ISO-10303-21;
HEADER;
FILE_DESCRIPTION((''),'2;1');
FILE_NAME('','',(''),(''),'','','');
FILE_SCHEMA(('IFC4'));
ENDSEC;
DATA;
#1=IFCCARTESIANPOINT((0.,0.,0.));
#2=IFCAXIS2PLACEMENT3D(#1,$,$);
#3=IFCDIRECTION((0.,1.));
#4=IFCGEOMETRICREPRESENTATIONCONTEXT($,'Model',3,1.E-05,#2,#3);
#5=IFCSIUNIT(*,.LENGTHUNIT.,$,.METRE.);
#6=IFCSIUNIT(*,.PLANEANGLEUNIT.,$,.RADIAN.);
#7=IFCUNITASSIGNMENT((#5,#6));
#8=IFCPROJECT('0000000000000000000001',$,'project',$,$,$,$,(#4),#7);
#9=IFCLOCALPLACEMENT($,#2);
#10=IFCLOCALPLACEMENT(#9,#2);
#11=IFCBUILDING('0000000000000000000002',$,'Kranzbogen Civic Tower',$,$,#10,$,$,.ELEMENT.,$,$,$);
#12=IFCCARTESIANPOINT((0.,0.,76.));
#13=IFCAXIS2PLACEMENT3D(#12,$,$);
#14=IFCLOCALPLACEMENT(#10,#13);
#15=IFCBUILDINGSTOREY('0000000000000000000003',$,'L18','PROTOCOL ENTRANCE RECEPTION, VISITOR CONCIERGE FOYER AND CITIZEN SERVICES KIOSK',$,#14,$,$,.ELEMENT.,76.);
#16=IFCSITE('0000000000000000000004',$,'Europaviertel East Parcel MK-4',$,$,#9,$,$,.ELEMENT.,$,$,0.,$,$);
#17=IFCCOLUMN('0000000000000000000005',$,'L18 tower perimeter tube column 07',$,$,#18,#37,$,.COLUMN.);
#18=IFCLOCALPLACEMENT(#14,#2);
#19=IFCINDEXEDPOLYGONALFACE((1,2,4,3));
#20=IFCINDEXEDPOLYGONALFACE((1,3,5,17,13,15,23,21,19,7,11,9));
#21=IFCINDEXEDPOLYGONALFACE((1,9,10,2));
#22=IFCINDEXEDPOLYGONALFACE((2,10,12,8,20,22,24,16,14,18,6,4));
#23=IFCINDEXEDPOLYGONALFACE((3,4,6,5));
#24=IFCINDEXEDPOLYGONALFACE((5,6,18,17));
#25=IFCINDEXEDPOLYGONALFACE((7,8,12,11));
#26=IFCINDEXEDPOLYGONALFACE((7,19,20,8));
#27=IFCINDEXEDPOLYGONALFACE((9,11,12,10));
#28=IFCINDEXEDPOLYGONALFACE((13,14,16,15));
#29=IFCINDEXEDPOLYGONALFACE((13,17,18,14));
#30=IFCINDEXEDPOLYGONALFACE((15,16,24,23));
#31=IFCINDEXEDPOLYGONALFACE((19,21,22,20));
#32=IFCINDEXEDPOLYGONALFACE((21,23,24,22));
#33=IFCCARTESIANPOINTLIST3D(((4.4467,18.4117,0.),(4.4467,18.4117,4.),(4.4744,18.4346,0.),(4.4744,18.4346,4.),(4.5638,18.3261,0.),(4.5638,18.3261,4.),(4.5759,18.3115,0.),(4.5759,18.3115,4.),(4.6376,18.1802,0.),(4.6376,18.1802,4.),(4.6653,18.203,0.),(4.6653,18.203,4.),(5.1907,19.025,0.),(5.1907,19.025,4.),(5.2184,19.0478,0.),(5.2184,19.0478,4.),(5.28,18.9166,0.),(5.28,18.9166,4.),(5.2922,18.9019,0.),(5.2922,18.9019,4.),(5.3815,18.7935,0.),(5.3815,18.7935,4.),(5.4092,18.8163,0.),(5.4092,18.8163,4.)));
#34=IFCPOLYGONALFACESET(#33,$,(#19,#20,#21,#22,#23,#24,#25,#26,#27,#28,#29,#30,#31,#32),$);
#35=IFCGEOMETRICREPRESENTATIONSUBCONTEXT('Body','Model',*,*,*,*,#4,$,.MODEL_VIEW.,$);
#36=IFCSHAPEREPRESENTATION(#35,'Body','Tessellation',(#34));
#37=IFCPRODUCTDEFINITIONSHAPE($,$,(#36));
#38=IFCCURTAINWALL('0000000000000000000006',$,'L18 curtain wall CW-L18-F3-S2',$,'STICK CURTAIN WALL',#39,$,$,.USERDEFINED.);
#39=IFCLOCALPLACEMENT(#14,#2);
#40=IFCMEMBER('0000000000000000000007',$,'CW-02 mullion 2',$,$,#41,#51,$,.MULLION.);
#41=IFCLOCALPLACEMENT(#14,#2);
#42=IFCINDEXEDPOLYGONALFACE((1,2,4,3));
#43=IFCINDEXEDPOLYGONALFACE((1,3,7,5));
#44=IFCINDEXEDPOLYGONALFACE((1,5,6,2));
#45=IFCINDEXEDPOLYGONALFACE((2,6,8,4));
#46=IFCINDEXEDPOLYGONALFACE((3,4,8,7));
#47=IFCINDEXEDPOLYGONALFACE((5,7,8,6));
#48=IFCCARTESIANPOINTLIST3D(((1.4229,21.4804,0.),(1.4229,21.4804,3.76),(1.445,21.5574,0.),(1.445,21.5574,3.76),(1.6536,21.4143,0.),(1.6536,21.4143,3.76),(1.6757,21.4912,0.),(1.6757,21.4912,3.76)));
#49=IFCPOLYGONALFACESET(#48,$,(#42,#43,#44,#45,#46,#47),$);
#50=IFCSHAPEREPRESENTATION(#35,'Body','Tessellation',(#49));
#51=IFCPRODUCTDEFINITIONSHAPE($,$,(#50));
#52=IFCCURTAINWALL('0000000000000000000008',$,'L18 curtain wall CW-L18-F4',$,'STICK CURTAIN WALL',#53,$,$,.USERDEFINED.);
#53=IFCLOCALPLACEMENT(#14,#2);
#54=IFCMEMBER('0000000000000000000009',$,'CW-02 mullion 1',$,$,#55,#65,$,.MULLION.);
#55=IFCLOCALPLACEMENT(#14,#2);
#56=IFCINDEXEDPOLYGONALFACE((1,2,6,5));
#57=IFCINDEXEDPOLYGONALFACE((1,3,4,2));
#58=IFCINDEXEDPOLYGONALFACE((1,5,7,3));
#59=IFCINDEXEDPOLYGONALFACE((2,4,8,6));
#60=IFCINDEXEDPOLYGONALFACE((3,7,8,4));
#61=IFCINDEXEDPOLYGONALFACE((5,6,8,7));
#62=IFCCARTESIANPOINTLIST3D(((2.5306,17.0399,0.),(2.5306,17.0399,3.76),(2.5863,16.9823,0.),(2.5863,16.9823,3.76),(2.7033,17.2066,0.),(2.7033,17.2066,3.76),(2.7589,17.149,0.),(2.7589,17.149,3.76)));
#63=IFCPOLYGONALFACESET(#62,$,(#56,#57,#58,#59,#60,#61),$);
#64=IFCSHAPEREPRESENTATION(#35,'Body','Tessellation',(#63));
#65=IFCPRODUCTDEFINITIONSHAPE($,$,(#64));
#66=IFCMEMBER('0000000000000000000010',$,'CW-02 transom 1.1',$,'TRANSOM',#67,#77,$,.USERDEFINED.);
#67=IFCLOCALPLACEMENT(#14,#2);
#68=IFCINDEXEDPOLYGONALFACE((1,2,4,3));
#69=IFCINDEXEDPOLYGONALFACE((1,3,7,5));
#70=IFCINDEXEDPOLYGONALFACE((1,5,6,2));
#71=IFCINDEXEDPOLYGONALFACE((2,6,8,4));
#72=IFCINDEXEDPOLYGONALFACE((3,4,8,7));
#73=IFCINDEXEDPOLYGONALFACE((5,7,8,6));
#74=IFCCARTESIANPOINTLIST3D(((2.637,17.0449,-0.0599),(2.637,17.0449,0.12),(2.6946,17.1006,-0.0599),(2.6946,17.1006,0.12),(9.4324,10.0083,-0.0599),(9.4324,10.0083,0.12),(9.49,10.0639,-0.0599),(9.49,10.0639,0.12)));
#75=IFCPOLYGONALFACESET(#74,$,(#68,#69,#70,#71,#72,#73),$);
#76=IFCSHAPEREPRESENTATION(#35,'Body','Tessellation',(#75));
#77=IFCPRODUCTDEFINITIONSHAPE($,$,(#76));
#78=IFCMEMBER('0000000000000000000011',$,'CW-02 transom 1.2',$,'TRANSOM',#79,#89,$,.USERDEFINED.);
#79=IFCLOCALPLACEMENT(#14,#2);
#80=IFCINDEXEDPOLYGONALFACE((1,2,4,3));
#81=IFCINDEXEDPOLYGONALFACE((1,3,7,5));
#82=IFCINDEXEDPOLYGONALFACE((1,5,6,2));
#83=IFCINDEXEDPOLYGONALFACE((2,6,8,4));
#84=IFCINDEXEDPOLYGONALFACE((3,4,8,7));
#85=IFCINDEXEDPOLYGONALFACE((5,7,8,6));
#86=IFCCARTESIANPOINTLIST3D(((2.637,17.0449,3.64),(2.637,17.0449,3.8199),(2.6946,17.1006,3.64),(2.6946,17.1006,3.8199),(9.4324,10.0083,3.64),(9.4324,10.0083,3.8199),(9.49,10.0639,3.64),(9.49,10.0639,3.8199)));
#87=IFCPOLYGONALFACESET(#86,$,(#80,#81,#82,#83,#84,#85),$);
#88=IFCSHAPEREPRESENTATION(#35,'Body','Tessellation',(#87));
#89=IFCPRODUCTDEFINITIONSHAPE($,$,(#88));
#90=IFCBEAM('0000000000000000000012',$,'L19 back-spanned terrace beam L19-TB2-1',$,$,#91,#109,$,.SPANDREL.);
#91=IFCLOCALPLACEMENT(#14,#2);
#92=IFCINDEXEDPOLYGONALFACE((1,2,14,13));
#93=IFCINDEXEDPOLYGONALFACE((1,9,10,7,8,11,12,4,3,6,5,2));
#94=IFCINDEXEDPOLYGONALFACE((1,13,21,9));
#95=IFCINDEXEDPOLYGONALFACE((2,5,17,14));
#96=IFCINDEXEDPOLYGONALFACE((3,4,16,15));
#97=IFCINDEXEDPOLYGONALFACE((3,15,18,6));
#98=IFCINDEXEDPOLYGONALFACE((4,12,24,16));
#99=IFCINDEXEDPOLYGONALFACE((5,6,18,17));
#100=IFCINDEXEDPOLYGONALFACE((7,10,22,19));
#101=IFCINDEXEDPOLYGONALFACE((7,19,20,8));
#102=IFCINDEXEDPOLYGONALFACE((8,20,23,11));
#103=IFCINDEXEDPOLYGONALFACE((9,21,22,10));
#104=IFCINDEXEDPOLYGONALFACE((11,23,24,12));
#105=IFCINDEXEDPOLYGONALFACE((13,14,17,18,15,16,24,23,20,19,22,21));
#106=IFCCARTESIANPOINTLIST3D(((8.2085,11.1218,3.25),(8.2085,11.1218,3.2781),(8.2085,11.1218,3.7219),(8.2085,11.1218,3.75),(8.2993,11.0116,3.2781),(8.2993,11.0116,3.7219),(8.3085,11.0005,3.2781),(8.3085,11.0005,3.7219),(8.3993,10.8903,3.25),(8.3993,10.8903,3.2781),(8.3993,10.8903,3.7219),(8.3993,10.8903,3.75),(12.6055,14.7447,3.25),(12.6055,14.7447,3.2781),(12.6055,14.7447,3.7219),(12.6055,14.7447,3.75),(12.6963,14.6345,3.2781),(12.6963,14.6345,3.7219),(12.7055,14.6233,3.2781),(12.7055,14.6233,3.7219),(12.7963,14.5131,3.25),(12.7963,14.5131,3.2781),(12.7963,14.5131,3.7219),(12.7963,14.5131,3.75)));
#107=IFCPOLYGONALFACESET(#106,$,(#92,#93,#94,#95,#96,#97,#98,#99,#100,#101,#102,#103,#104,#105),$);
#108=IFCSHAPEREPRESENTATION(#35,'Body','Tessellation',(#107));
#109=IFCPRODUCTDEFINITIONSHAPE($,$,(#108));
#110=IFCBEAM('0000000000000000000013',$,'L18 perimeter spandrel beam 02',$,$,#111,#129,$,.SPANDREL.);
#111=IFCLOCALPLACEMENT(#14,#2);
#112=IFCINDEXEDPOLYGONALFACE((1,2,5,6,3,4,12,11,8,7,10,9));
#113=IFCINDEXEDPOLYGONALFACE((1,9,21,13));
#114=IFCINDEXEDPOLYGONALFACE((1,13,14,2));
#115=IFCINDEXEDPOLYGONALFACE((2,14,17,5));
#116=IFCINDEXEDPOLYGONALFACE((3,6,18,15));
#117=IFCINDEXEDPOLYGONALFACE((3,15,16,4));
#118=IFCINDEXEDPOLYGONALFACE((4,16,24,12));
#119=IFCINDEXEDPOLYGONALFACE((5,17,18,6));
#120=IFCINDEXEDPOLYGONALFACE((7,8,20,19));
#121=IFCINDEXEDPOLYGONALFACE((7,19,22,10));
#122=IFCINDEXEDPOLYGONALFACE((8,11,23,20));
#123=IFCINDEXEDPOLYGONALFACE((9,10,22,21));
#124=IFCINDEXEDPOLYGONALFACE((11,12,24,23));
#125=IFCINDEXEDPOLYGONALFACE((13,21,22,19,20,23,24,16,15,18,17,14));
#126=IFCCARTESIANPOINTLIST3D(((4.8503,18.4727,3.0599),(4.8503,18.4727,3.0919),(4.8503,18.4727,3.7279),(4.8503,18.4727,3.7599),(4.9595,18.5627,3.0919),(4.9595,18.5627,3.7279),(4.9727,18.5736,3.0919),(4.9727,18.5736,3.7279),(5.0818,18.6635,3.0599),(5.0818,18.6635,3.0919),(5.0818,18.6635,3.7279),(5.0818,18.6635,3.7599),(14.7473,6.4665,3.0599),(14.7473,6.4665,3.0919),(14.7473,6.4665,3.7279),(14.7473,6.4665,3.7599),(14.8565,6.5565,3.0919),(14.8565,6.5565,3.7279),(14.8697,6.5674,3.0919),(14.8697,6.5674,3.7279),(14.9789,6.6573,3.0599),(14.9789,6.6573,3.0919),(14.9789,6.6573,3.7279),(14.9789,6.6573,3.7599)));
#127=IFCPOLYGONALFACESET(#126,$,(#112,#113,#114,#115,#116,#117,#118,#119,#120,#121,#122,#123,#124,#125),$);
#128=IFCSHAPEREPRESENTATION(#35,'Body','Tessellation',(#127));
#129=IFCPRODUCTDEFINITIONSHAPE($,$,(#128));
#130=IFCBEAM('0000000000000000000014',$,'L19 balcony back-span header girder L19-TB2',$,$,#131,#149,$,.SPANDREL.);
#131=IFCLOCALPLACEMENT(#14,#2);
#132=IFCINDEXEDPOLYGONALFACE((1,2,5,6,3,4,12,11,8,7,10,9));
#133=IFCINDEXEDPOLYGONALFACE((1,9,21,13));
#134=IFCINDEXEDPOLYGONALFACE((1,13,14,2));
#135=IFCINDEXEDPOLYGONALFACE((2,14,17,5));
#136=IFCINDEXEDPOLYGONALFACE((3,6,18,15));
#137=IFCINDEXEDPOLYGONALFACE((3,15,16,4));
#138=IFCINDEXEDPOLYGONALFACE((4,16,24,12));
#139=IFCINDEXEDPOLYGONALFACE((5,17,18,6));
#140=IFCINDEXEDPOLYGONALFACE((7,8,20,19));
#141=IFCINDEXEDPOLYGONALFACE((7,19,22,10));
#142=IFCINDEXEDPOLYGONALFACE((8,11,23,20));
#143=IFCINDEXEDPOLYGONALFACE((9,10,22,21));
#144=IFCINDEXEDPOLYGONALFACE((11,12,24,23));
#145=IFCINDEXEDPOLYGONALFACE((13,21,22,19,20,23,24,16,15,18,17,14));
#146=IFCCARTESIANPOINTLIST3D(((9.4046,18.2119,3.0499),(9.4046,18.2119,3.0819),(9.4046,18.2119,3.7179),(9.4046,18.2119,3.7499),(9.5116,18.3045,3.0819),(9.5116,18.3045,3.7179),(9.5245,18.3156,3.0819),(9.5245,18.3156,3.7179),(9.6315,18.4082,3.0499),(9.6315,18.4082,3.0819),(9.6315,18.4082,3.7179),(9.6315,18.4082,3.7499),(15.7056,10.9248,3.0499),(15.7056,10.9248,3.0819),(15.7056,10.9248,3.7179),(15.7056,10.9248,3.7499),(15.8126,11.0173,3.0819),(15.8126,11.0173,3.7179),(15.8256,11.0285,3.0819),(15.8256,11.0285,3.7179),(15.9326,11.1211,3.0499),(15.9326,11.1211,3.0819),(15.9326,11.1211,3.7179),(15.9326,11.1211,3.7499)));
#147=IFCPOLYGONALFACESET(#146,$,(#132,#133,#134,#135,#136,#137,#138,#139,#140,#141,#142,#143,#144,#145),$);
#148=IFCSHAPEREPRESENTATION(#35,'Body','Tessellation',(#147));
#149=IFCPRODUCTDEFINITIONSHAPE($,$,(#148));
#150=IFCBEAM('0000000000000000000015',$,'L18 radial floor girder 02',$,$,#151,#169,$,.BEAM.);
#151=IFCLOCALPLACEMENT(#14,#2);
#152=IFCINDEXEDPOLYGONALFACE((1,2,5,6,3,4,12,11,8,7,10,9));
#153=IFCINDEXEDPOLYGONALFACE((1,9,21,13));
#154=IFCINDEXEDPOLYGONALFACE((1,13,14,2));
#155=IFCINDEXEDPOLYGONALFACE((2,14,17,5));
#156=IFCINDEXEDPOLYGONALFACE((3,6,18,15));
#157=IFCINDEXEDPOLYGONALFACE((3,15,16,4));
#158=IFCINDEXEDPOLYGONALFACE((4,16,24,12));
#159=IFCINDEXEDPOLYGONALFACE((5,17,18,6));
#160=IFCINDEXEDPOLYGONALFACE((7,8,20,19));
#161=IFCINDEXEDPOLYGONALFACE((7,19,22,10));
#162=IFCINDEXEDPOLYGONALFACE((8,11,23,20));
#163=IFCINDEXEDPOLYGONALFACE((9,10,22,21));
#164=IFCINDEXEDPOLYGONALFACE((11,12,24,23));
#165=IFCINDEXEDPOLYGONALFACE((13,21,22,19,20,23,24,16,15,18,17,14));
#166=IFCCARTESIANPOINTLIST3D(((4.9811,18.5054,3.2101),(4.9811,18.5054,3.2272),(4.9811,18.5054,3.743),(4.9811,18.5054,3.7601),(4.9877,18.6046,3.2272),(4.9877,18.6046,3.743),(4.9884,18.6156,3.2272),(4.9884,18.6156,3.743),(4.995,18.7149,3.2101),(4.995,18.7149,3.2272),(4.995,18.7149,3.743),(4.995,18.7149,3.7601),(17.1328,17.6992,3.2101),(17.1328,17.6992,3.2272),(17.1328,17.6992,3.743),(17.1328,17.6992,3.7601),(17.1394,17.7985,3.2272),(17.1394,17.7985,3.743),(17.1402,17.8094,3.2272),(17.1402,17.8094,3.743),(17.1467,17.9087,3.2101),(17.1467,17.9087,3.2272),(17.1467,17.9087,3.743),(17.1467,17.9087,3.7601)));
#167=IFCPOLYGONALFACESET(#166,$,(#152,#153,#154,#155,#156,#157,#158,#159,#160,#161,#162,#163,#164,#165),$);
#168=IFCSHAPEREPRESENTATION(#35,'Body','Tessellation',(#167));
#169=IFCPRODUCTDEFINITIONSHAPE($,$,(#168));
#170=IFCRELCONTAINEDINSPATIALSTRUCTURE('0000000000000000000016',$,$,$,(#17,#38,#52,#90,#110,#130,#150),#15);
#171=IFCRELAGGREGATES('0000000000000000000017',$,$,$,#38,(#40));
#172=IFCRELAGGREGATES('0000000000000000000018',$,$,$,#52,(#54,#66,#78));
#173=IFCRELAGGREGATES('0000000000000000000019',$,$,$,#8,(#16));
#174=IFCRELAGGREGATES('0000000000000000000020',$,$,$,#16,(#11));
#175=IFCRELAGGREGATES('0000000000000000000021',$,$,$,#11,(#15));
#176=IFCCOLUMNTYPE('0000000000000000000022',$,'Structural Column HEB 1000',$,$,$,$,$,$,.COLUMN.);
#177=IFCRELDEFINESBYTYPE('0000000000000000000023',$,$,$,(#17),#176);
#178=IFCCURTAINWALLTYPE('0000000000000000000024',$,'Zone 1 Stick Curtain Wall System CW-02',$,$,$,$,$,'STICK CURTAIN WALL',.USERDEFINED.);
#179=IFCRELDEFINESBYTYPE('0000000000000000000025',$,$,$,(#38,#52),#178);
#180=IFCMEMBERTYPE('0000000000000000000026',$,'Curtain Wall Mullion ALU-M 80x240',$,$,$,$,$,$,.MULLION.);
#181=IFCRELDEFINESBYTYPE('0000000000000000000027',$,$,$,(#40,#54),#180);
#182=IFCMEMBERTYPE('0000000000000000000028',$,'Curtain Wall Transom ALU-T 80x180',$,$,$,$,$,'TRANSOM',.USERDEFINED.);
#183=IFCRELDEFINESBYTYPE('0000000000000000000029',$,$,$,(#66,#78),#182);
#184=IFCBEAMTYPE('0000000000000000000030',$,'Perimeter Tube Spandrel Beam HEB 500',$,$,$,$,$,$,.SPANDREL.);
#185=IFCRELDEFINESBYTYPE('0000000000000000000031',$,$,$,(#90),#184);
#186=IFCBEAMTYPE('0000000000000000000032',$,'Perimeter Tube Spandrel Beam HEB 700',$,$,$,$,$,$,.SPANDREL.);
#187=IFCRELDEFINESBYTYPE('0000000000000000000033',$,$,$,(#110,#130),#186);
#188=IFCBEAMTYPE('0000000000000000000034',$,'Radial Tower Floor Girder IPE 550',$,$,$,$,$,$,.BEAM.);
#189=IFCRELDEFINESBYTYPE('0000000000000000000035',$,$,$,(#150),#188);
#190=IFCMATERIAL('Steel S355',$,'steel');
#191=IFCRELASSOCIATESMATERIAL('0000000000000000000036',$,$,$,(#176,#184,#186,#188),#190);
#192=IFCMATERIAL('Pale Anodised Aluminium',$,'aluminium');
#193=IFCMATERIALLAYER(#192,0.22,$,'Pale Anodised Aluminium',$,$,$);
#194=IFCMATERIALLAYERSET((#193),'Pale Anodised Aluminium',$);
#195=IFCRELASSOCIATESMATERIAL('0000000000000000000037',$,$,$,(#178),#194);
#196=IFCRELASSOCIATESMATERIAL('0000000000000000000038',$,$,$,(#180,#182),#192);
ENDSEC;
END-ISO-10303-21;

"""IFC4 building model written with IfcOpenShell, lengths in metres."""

from ifc_helpers import new_model, si_unit, direction, frame, origin, origin_2d, place, context, subcontext, project, spatial, rectangle, i_section, extrude, material, layer, layer_set, material_profile, profile_set, type_object, element, aggregate, save


model = new_model("IFC4")

# Units and contexts
model_context = context("Model", 3, precision=1e-05, world=origin(), true_north=direction((0.0, 1.0)))
body_context = subcontext(model_context, "Body", "Model", "MODEL_VIEW")
ifc_project = project(units=[si_unit("LENGTHUNIT", "METRE"), si_unit("PLANEANGLEUNIT", "RADIAN")], contexts=[model_context])

# Site, building, storey
site_placement = place(None, origin())
site = spatial("IfcSite", under=ifc_project, at=site_placement, Name="Europaviertel East Parcel MK-4", CompositionType="ELEMENT", RefElevation=0.0)
building_placement = place(site_placement, origin())
building = spatial("IfcBuilding", under=site, at=building_placement, Name="Kranzbogen Civic Tower", CompositionType="ELEMENT")
storey_placement = place(building_placement, frame((0.0, 0.0, 76.0)))
storey = spatial("IfcBuildingStorey", under=building, at=storey_placement, Name="L18", Description="PROTOCOL ENTRANCE RECEPTION, VISITOR CONCIERGE FOYER AND CITIZEN SERVICES KIOSK", CompositionType="ELEMENT", Elevation=76.0)

# Column
ifc_material_1 = material(Name="Steel S355", Category="steel")
ifc_material_profile_1 = material_profile(ifc_material_1, i_section(OverallWidth=0.3, OverallDepth=1.0, WebThickness=0.019, FlangeThickness=0.0359, at=origin_2d()), Name="HEB 1000")
ifc_profile_set_1 = profile_set([ifc_material_profile_1], Name="Steel S355")
column_type = type_object("IfcColumnType", Name="Structural Column HEB 1000", PredefinedType="COLUMN", material=ifc_profile_set_1)
column_placement = place(storey_placement, frame((4.928, 18.614, 0.0), z_axis=(0.0, 0.0, 1.0), x_axis=(-0.636078, 0.771625, 0.0)))
element("IfcColumn", 1, at=column_placement, inside=storey, type_object=column_type, Name="L18 tower perimeter tube column 07", PredefinedType="COLUMN", context=body_context, shape_type="SweptSolid", body=[
    extrude(i_section(OverallWidth=0.3, OverallDepth=1.0, WebThickness=0.019, FlangeThickness=0.0359, at=origin_2d()), origin(), (0.0, 0.0, 1.0), 4.0),
])

# Curtain wall, member
ifc_material_2 = material(Name="Pale Anodised Aluminium", Category="aluminium")
ifc_layer_1 = layer(ifc_material_2, 0.22, Name="Pale Anodised Aluminium")
ifc_layer_set_1 = layer_set([ifc_layer_1], Name="Pale Anodised Aluminium")
curtain_wall_type = type_object("IfcCurtainWallType", Name="Zone 1 Stick Curtain Wall System CW-02", ElementType="STICK CURTAIN WALL", PredefinedType="USERDEFINED", material=ifc_layer_set_1)
curtain_wall_1_placement = place(storey_placement, origin())
curtain_wall_1 = element("IfcCurtainWall", 2, at=curtain_wall_1_placement, inside=storey, type_object=curtain_wall_type, Name="L18 curtain wall CW-L18-F3-S2", ObjectType="STICK CURTAIN WALL", PredefinedType="USERDEFINED")
ifc_material_profile_2 = material_profile(ifc_material_2, rectangle(XDim=0.0801, YDim=0.24, at=origin_2d()), Name="ALU-M 80x240")
ifc_profile_set_2 = profile_set([ifc_material_profile_2], Name="Pale Anodised Aluminium")
member_type_1 = type_object("IfcMemberType", Name="Curtain Wall Mullion ALU-M 80x240", PredefinedType="MULLION", material=ifc_profile_set_2)
member_1_placement = place(storey_placement, frame((1.5493, 21.4858, 0.0), z_axis=(0.0, 0.0, 1.0), x_axis=(-0.27568, -0.961249, 0.0)))
member_1 = element("IfcMember", 3, at=member_1_placement, type_object=member_type_1, Name="CW-02 mullion 2", PredefinedType="MULLION", context=body_context, shape_type="SweptSolid", body=[
    extrude(rectangle(XDim=0.0801, YDim=0.24, at=origin_2d()), origin(), (0.0, 0.0, 1.0), 3.76),
])
aggregate(curtain_wall_1, [member_1])

# Curtain wall, members
curtain_wall_2_placement = place(storey_placement, origin())
curtain_wall_2 = element("IfcCurtainWall", 4, at=curtain_wall_2_placement, inside=storey, type_object=curtain_wall_type, Name="L18 curtain wall CW-L18-F4", ObjectType="STICK CURTAIN WALL", PredefinedType="USERDEFINED")
member_2_placement = place(storey_placement, frame((2.6448, 17.0945, 0.0), z_axis=(0.0, 0.0, 1.0), x_axis=(0.694667, -0.719332, 0.0)))
member_2 = element("IfcMember", 5, at=member_2_placement, type_object=member_type_1, Name="CW-02 mullion 1", PredefinedType="MULLION", context=body_context, shape_type="SweptSolid", body=[
    extrude(rectangle(XDim=0.0801, YDim=0.24, at=origin_2d()), origin(), (0.0, 0.0, 1.0), 3.76),
])
ifc_material_profile_3 = material_profile(ifc_material_2, rectangle(XDim=0.0801, YDim=0.1799, at=origin_2d()), Name="ALU-T 80x180")
ifc_profile_set_3 = profile_set([ifc_material_profile_3], Name="Pale Anodised Aluminium")
member_type_2 = type_object("IfcMemberType", Name="Curtain Wall Transom ALU-T 80x180", ElementType="TRANSOM", PredefinedType="USERDEFINED", material=ifc_profile_set_3)
member_3_placement = place(storey_placement, frame((2.6658, 17.0728, 0.03), z_axis=(0.69467, -0.719328, 0.0), x_axis=(0.719328, 0.69467, 0.0)))
member_3 = element("IfcMember", 6, at=member_3_placement, type_object=member_type_2, Name="CW-02 transom 1.1", ObjectType="TRANSOM", PredefinedType="USERDEFINED", context=body_context, shape_type="SweptSolid", body=[
    extrude(rectangle(XDim=0.0801, YDim=0.1799, at=origin_2d()), origin(), (0.0, 0.0, 1.0), 9.7822),
])
member_4_placement = place(storey_placement, frame((2.6658, 17.0728, 3.73), z_axis=(0.69467, -0.719328, 0.0), x_axis=(0.719328, 0.69467, 0.0)))
member_4 = element("IfcMember", 7, at=member_4_placement, type_object=member_type_2, Name="CW-02 transom 1.2", ObjectType="TRANSOM", PredefinedType="USERDEFINED", context=body_context, shape_type="SweptSolid", body=[
    extrude(rectangle(XDim=0.0801, YDim=0.1799, at=origin_2d()), origin(), (0.0, 0.0, 1.0), 9.7822),
])
aggregate(curtain_wall_2, [member_2, member_3, member_4])

# Beams
ifc_material_profile_4 = material_profile(ifc_material_1, i_section(OverallWidth=0.3, OverallDepth=0.5, WebThickness=0.0144, FlangeThickness=0.0281, at=origin_2d()), Name="HEB 500")
ifc_profile_set_4 = profile_set([ifc_material_profile_4], Name="Steel S355")
beam_type_1 = type_object("IfcBeamType", Name="Perimeter Tube Spandrel Beam HEB 500", PredefinedType="SPANDREL", material=ifc_profile_set_4)
beam_1_placement = place(storey_placement, frame((12.7009, 14.6289, 3.5), z_axis=(-0.771778, -0.635892, 0.0), x_axis=(0.635892, -0.771778, 0.0)))
element("IfcBeam", 8, at=beam_1_placement, inside=storey, type_object=beam_type_1, Name="L19 back-spanned terrace beam L19-TB2-1", PredefinedType="SPANDREL", context=body_context, shape_type="SweptSolid", body=[
    extrude(i_section(OverallWidth=0.3, OverallDepth=0.5, WebThickness=0.0144, FlangeThickness=0.0281, at=origin_2d()), origin(), (0.0, 0.0, 1.0), 5.6973),
])
ifc_material_profile_5 = material_profile(ifc_material_1, i_section(OverallWidth=0.3, OverallDepth=0.7, WebThickness=0.0171, FlangeThickness=0.032, at=origin_2d()), Name="HEB 700")
ifc_profile_set_5 = profile_set([ifc_material_profile_5], Name="Steel S355")
beam_type_2 = type_object("IfcBeamType", Name="Perimeter Tube Spandrel Beam HEB 700", PredefinedType="SPANDREL", material=ifc_profile_set_5)
beam_2_placement = place(storey_placement, frame((4.9661, 18.5681, 3.4099), z_axis=(0.636075, -0.771628, 0.0), x_axis=(0.771628, 0.636075, 0.0)))
element("IfcBeam", 9, at=beam_2_placement, inside=storey, type_object=beam_type_2, Name="L18 perimeter spandrel beam 02", PredefinedType="SPANDREL", context=body_context, shape_type="SweptSolid", body=[
    extrude(i_section(OverallWidth=0.3, OverallDepth=0.7, WebThickness=0.0171, FlangeThickness=0.032, at=origin_2d()), origin(), (0.0, 0.0, 1.0), 15.5596),
])
beam_3_placement = place(storey_placement, frame((9.5181, 18.3101, 3.3999), z_axis=(0.654072, -0.756432, 0.0), x_axis=(0.756432, 0.654072, 0.0)))
element("IfcBeam", 10, at=beam_3_placement, inside=storey, type_object=beam_type_2, Name="L19 balcony back-span header girder L19-TB2", PredefinedType="SPANDREL", context=body_context, shape_type="SweptSolid", body=[
    extrude(i_section(OverallWidth=0.3, OverallDepth=0.7, WebThickness=0.0171, FlangeThickness=0.032, at=origin_2d()), origin(), (0.0, 0.0, 1.0), 9.6335),
])
ifc_material_profile_6 = material_profile(ifc_material_1, i_section(OverallWidth=0.21, OverallDepth=0.55, WebThickness=0.011, FlangeThickness=0.0171, at=origin_2d()), Name="IPE 550")
ifc_profile_set_6 = profile_set([ifc_material_profile_6], Name="Steel S355")
beam_type_3 = type_object("IfcBeamType", Name="Radial Tower Floor Girder IPE 550", PredefinedType="BEAM", material=ifc_profile_set_6)
beam_4_placement = place(storey_placement, frame((4.988, 18.6101, 3.4851), z_axis=(0.997807, -0.066194, 0.0), x_axis=(0.066194, 0.997807, 0.0)))
element("IfcBeam", 11, at=beam_4_placement, inside=storey, type_object=beam_type_3, Name="L18 radial floor girder 02", PredefinedType="BEAM", context=body_context, shape_type="SweptSolid", body=[
    extrude(i_section(OverallWidth=0.21, OverallDepth=0.55, WebThickness=0.011, FlangeThickness=0.0171, at=origin_2d()), origin(), (0.0, 0.0, 1.0), 12.1785),
])

save(model, "model.ifc")
